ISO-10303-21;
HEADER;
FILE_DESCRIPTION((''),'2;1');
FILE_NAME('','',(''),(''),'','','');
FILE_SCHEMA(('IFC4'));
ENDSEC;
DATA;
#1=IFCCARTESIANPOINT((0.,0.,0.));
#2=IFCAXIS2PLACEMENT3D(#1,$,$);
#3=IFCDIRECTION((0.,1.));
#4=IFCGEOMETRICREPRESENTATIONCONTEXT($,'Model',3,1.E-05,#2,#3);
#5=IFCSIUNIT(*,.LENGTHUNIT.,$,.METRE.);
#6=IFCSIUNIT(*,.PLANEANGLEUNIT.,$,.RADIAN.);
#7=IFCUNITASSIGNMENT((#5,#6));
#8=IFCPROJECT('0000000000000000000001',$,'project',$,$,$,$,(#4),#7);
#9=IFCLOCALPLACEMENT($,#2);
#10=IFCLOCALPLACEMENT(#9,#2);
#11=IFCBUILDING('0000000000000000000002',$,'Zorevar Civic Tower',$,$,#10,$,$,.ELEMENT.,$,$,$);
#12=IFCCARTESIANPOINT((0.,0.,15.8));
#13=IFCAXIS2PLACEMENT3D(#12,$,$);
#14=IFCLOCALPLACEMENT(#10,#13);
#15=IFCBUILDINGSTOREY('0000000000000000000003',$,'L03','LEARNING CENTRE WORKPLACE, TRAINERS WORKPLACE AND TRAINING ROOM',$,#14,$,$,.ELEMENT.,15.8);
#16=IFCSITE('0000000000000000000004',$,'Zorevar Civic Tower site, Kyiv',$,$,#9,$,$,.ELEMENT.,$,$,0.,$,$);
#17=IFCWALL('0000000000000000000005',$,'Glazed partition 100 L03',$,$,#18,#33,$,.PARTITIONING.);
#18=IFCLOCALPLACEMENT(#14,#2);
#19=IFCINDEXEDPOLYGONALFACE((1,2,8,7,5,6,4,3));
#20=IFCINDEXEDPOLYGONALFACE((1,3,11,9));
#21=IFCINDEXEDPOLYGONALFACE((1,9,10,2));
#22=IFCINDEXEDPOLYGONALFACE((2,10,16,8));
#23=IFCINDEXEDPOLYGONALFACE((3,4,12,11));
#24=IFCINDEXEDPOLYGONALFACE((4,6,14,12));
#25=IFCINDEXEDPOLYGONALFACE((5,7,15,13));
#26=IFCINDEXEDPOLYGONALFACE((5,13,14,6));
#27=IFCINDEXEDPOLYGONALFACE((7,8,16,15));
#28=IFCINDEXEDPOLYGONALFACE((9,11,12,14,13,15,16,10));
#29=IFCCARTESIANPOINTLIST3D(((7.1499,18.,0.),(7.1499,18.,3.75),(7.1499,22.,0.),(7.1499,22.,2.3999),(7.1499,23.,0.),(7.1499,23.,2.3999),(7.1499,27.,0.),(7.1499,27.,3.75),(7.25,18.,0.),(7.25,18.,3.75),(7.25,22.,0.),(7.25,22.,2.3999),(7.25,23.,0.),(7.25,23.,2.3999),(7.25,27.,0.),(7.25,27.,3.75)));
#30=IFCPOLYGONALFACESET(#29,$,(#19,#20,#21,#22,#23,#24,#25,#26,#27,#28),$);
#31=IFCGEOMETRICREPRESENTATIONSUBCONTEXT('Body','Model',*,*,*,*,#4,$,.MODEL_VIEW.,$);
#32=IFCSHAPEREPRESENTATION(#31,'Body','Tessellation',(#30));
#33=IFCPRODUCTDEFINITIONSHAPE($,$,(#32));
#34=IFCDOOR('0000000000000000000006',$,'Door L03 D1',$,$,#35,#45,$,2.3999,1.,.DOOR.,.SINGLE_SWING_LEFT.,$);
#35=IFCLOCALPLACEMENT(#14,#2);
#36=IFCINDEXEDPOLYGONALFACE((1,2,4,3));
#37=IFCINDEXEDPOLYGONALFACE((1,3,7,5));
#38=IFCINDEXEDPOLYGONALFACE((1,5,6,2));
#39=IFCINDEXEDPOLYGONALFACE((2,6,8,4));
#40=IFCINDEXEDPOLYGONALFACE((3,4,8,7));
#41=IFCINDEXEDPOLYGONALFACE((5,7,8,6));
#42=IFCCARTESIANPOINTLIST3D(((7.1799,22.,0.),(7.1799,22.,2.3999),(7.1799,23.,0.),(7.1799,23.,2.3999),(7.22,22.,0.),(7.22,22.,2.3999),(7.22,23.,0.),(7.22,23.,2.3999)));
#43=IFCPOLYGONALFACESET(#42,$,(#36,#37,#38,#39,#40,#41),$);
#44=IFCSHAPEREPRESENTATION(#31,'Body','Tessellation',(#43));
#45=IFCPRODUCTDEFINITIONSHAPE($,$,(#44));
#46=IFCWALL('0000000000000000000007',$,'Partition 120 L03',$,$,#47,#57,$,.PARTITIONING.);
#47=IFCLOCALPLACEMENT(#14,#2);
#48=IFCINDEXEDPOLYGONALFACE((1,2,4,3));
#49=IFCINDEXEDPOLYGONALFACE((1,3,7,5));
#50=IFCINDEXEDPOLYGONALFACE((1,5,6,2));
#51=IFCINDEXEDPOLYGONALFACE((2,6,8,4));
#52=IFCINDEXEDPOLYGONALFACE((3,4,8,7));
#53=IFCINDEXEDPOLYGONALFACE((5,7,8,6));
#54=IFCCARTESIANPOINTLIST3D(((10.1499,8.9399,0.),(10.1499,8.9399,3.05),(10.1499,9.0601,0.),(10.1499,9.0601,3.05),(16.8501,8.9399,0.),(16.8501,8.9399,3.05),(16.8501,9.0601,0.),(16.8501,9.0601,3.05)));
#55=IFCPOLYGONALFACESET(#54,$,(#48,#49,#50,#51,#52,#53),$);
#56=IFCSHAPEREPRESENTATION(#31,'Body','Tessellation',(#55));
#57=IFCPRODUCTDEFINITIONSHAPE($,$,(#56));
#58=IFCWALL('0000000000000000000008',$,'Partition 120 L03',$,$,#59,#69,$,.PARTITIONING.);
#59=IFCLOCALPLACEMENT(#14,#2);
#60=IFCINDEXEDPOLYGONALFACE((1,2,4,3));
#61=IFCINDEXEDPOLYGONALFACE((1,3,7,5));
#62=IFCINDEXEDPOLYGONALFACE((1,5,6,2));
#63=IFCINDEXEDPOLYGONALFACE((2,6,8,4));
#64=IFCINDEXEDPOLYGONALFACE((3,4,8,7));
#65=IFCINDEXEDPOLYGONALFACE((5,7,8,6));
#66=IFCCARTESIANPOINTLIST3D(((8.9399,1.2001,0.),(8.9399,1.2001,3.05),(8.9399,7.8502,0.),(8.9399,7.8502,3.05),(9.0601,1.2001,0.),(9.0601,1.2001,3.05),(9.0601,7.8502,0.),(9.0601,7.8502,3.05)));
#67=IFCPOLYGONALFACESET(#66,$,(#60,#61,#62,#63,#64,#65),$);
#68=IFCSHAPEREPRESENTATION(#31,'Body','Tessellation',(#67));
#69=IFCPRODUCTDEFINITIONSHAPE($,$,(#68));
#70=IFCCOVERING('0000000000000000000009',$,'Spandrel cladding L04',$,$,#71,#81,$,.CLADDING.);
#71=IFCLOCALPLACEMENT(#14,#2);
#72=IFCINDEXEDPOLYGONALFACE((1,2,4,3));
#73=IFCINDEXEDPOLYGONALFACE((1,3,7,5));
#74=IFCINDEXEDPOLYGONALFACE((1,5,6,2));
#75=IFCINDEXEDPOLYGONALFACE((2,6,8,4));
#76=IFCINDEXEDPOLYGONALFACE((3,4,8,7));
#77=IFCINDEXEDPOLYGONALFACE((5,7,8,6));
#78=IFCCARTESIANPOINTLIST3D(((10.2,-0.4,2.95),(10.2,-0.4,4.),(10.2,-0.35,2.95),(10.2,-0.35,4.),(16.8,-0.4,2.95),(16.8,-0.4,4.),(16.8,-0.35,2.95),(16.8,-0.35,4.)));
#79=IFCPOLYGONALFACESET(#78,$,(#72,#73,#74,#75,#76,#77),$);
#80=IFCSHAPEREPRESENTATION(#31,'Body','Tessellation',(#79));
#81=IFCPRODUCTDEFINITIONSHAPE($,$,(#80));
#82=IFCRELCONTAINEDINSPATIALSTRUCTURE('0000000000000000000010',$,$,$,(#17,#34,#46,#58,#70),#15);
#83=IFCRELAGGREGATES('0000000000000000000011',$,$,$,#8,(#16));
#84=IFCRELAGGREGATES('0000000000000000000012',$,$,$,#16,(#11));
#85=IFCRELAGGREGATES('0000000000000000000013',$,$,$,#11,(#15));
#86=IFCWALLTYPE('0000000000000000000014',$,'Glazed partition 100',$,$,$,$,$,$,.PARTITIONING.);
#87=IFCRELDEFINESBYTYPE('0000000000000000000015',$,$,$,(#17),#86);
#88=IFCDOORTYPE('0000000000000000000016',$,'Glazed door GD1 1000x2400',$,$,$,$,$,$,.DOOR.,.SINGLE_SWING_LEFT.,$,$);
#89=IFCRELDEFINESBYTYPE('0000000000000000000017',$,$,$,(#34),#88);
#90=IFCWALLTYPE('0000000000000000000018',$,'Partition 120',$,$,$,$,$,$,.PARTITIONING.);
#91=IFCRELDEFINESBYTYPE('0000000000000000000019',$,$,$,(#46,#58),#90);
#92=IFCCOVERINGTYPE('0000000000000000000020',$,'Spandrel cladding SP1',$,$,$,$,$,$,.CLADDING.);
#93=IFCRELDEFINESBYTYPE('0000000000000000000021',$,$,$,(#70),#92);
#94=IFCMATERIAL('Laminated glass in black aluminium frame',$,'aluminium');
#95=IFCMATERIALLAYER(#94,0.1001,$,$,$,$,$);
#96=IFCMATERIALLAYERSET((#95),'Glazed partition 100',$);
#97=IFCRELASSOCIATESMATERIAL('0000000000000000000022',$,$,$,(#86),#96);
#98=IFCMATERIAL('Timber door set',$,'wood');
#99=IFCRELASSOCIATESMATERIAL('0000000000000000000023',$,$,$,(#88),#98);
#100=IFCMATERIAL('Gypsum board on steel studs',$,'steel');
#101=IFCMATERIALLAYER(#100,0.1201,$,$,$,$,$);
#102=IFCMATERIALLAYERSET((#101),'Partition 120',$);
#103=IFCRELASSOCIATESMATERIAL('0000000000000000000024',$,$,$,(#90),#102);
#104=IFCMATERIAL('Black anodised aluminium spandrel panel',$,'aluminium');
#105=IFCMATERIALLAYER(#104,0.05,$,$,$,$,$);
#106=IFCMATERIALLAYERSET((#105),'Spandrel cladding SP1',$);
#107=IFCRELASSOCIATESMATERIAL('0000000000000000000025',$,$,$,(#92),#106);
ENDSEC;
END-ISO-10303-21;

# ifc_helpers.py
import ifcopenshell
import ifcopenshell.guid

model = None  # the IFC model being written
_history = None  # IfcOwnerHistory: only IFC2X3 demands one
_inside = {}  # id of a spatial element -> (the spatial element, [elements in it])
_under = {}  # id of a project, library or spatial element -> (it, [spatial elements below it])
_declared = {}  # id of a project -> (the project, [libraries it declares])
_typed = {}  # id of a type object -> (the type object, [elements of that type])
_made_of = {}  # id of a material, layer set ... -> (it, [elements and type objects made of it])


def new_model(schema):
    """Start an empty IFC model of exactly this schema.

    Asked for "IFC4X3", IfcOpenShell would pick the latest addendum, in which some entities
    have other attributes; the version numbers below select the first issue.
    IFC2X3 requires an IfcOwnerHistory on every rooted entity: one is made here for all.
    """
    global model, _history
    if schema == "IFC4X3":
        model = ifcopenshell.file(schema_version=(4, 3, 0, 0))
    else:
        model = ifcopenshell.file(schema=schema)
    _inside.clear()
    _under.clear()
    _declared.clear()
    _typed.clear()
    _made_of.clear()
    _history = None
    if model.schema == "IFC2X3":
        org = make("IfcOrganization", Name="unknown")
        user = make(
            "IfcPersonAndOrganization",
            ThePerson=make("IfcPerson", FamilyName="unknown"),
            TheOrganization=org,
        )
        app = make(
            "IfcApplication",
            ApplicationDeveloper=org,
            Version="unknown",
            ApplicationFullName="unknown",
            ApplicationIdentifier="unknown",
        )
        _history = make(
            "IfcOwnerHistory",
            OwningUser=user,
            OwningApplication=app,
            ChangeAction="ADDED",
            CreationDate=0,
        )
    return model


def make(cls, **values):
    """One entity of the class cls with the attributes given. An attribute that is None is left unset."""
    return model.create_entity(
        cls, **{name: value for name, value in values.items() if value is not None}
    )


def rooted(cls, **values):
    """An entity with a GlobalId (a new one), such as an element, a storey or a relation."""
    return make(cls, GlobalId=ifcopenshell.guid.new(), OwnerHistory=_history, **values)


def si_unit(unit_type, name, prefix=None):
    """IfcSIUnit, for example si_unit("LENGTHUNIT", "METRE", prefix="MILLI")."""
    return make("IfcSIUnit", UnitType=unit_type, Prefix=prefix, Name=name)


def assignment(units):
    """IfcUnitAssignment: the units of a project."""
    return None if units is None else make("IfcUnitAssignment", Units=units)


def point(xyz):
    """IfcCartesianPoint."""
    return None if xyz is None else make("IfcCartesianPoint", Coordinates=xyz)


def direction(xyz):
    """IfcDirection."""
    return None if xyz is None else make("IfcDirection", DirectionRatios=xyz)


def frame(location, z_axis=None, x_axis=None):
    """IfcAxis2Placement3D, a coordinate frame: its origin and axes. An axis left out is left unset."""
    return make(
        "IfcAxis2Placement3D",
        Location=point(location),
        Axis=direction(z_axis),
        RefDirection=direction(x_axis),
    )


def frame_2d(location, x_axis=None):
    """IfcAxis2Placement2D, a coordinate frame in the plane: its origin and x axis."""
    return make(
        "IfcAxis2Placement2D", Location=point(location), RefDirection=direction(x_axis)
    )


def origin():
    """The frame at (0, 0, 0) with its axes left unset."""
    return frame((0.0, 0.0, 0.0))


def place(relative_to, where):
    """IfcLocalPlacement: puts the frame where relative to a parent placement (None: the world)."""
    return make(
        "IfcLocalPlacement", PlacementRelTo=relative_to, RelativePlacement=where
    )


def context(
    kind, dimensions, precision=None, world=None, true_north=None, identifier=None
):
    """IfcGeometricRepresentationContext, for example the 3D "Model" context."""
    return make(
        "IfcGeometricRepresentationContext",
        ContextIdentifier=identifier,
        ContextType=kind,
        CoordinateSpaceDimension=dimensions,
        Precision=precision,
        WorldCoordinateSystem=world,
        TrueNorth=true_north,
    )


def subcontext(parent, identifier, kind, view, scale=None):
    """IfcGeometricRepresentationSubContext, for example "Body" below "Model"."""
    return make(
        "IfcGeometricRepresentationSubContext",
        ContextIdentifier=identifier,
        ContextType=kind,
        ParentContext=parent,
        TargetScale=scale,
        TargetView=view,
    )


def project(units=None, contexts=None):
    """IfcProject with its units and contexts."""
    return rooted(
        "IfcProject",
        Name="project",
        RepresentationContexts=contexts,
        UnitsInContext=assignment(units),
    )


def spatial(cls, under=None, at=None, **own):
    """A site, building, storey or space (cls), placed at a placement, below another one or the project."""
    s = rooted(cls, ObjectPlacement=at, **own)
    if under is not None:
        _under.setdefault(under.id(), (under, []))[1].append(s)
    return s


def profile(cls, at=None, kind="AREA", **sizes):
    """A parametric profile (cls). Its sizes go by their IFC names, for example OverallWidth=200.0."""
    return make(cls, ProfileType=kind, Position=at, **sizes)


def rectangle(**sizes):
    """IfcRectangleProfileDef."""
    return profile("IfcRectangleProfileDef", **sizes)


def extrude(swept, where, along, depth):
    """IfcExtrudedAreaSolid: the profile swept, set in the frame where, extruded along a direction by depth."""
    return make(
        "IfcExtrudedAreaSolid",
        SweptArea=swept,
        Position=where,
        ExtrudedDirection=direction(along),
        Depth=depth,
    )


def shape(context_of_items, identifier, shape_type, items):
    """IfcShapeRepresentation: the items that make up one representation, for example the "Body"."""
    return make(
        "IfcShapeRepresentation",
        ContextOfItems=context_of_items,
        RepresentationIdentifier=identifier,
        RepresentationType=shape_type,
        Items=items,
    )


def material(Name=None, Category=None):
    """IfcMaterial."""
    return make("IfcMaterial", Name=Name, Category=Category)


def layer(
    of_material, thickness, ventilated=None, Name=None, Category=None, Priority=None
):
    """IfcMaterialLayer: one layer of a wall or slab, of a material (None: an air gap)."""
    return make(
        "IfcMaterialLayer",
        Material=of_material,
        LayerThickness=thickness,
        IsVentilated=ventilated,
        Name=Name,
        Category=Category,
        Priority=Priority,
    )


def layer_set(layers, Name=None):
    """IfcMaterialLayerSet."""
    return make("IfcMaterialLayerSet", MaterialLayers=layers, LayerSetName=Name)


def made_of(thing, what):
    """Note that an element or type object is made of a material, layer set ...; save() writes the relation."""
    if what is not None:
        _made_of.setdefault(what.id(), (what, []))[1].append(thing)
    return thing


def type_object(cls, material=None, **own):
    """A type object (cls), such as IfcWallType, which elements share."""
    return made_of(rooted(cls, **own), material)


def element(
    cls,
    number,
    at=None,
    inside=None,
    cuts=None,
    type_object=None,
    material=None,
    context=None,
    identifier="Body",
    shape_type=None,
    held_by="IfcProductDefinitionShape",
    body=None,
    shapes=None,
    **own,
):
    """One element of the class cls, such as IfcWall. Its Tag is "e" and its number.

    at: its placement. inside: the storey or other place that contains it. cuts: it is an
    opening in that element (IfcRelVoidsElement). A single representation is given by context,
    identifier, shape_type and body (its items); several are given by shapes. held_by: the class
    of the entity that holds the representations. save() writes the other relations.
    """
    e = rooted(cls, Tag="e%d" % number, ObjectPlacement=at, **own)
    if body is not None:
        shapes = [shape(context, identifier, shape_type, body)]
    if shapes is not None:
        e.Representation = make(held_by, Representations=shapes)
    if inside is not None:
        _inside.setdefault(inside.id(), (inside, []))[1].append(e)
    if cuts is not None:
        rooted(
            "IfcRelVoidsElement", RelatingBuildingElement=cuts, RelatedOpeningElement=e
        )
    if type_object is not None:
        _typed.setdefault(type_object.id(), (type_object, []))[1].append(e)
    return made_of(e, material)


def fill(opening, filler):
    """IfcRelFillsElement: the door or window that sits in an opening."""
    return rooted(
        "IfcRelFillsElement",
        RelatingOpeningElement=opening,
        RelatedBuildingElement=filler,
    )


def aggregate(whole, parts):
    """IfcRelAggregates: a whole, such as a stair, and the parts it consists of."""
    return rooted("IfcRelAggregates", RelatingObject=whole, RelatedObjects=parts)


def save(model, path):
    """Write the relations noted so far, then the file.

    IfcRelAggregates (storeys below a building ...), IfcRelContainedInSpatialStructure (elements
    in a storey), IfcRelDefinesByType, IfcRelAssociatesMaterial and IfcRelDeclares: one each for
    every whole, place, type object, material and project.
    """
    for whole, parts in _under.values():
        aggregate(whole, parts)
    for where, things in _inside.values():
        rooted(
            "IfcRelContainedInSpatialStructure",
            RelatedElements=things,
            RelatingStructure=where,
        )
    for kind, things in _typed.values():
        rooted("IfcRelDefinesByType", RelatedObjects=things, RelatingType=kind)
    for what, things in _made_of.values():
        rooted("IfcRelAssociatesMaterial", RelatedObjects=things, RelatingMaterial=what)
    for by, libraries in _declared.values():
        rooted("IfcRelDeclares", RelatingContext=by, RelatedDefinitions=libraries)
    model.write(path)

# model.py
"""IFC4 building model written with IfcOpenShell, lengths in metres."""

from ifc_helpers import new_model, si_unit, direction, frame, frame_2d, origin, place, context, subcontext, project, spatial, rectangle, extrude, material, layer, layer_set, type_object, element, fill, save


model = new_model("IFC4")

# Units and contexts
model_context = context("Model", 3, precision=1e-05, world=origin(), true_north=direction((0.0, 1.0)))
body_context = subcontext(model_context, "Body", "Model", "MODEL_VIEW")
ifc_project = project(units=[si_unit("LENGTHUNIT", "METRE"), si_unit("PLANEANGLEUNIT", "RADIAN")], contexts=[model_context])

# Site, building, storey
site_placement = place(None, origin())
site = spatial("IfcSite", under=ifc_project, at=site_placement, Name="Zorevar Civic Tower site, Kyiv", CompositionType="ELEMENT", RefElevation=0.0)
building_placement = place(site_placement, origin())
building = spatial("IfcBuilding", under=site, at=building_placement, Name="Zorevar Civic Tower", CompositionType="ELEMENT")
storey_placement = place(building_placement, frame((0.0, 0.0, 15.8)))
storey = spatial("IfcBuildingStorey", under=building, at=storey_placement, Name="L03", Description="LEARNING CENTRE WORKPLACE, TRAINERS WORKPLACE AND TRAINING ROOM", CompositionType="ELEMENT", Elevation=15.8)

# Shared definitions
ifc_material_1 = material(Name="Laminated glass in black aluminium frame", Category="aluminium")
ifc_layer_1 = layer(ifc_material_1, 0.1001)
ifc_layer_set_1 = layer_set([ifc_layer_1], Name="Glazed partition 100")
wall_type_1 = type_object("IfcWallType", Name="Glazed partition 100", PredefinedType="PARTITIONING", material=ifc_layer_set_1)

# Wall, opening, door
wall_1_placement = place(storey_placement, frame((7.2, 18.0, 0.0), z_axis=(0.0, 0.0, 1.0), x_axis=(0.0, 1.0, 0.0)))
wall_1 = element("IfcWall", 1, at=wall_1_placement, inside=storey, type_object=wall_type_1, Name="Glazed partition 100 L03", PredefinedType="PARTITIONING", context=body_context, shape_type="SweptSolid", body=[
    extrude(rectangle(XDim=9.0, YDim=0.1001, at=frame_2d((4.5, 0.0))), origin(), (0.0, 0.0, 1.0), 3.75),
])
opening_placement = place(wall_1_placement, frame((4.0, 0.0, 0.0)))
opening = element("IfcOpeningElement", 2, at=opening_placement, cuts=wall_1, PredefinedType="OPENING", context=body_context, shape_type="SweptSolid", body=[
    extrude(rectangle(XDim=1.0, YDim=2.3999, at=frame_2d((0.5, 1.2))), frame((0.0, 0.0601, 0.0), z_axis=(0.0, -1.0, 0.0), x_axis=(1.0, 0.0, 0.0)), (0.0, 0.0, 1.0), 0.1201),
])
ifc_material_2 = material(Name="Timber door set", Category="wood")
door_type = type_object("IfcDoorType", Name="Glazed door GD1 1000x2400", OperationType="SINGLE_SWING_LEFT", PredefinedType="DOOR", material=ifc_material_2)
door_placement = place(opening_placement, origin())
door = element("IfcDoor", 3, at=door_placement, inside=storey, type_object=door_type, Name="Door L03 D1", OperationType="SINGLE_SWING_LEFT", OverallHeight=2.3999, OverallWidth=1.0, PredefinedType="DOOR", context=body_context, shape_type="SweptSolid", body=[
    extrude(rectangle(XDim=1.0, YDim=2.3999, at=frame_2d((0.5, 1.2))), frame((0.0, 0.02, 0.0), z_axis=(0.0, -1.0, 0.0), x_axis=(1.0, 0.0, 0.0)), (0.0, 0.0, 1.0), 0.04),
])
fill(opening, door)

# Walls
ifc_material_3 = material(Name="Gypsum board on steel studs", Category="steel")
ifc_layer_2 = layer(ifc_material_3, 0.1201)
ifc_layer_set_2 = layer_set([ifc_layer_2], Name="Partition 120")
wall_type_2 = type_object("IfcWallType", Name="Partition 120", PredefinedType="PARTITIONING", material=ifc_layer_set_2)
wall_2_placement = place(storey_placement, frame((10.1499, 9.0, 0.0), z_axis=(0.0, 0.0, 1.0), x_axis=(1.0, 0.0, 0.0)))
element("IfcWall", 4, at=wall_2_placement, inside=storey, type_object=wall_type_2, Name="Partition 120 L03", PredefinedType="PARTITIONING", context=body_context, shape_type="SweptSolid", body=[
    extrude(rectangle(XDim=6.7002, YDim=0.1201, at=frame_2d((3.3501, 0.0))), origin(), (0.0, 0.0, 1.0), 3.05),
])
wall_3_placement = place(storey_placement, frame((9.0, 1.2, 0.0), z_axis=(0.0, 0.0, 1.0), x_axis=(0.0, 1.0, 0.0)))
element("IfcWall", 5, at=wall_3_placement, inside=storey, type_object=wall_type_2, Name="Partition 120 L03", PredefinedType="PARTITIONING", context=body_context, shape_type="SweptSolid", body=[
    extrude(rectangle(XDim=6.6501, YDim=0.1201, at=frame_2d((3.3252, 0.0))), origin(), (0.0, 0.0, 1.0), 3.05),
])

# Covering
ifc_material_4 = material(Name="Black anodised aluminium spandrel panel", Category="aluminium")
ifc_layer_3 = layer(ifc_material_4, 0.05)
ifc_layer_set_3 = layer_set([ifc_layer_3], Name="Spandrel cladding SP1")
covering_type = type_object("IfcCoveringType", Name="Spandrel cladding SP1", PredefinedType="CLADDING", material=ifc_layer_set_3)
covering_placement = place(storey_placement, frame((10.2, -0.375, 2.95), z_axis=(0.0, 0.0, 1.0), x_axis=(1.0, 0.0, 0.0)))
element("IfcCovering", 6, at=covering_placement, inside=storey, type_object=covering_type, Name="Spandrel cladding L04", PredefinedType="CLADDING", context=body_context, shape_type="SweptSolid", body=[
    extrude(rectangle(XDim=6.6001, YDim=0.05, at=frame_2d((3.3, 0.0))), origin(), (0.0, 0.0, 1.0), 1.05),
])

save(model, "model.ifc")
